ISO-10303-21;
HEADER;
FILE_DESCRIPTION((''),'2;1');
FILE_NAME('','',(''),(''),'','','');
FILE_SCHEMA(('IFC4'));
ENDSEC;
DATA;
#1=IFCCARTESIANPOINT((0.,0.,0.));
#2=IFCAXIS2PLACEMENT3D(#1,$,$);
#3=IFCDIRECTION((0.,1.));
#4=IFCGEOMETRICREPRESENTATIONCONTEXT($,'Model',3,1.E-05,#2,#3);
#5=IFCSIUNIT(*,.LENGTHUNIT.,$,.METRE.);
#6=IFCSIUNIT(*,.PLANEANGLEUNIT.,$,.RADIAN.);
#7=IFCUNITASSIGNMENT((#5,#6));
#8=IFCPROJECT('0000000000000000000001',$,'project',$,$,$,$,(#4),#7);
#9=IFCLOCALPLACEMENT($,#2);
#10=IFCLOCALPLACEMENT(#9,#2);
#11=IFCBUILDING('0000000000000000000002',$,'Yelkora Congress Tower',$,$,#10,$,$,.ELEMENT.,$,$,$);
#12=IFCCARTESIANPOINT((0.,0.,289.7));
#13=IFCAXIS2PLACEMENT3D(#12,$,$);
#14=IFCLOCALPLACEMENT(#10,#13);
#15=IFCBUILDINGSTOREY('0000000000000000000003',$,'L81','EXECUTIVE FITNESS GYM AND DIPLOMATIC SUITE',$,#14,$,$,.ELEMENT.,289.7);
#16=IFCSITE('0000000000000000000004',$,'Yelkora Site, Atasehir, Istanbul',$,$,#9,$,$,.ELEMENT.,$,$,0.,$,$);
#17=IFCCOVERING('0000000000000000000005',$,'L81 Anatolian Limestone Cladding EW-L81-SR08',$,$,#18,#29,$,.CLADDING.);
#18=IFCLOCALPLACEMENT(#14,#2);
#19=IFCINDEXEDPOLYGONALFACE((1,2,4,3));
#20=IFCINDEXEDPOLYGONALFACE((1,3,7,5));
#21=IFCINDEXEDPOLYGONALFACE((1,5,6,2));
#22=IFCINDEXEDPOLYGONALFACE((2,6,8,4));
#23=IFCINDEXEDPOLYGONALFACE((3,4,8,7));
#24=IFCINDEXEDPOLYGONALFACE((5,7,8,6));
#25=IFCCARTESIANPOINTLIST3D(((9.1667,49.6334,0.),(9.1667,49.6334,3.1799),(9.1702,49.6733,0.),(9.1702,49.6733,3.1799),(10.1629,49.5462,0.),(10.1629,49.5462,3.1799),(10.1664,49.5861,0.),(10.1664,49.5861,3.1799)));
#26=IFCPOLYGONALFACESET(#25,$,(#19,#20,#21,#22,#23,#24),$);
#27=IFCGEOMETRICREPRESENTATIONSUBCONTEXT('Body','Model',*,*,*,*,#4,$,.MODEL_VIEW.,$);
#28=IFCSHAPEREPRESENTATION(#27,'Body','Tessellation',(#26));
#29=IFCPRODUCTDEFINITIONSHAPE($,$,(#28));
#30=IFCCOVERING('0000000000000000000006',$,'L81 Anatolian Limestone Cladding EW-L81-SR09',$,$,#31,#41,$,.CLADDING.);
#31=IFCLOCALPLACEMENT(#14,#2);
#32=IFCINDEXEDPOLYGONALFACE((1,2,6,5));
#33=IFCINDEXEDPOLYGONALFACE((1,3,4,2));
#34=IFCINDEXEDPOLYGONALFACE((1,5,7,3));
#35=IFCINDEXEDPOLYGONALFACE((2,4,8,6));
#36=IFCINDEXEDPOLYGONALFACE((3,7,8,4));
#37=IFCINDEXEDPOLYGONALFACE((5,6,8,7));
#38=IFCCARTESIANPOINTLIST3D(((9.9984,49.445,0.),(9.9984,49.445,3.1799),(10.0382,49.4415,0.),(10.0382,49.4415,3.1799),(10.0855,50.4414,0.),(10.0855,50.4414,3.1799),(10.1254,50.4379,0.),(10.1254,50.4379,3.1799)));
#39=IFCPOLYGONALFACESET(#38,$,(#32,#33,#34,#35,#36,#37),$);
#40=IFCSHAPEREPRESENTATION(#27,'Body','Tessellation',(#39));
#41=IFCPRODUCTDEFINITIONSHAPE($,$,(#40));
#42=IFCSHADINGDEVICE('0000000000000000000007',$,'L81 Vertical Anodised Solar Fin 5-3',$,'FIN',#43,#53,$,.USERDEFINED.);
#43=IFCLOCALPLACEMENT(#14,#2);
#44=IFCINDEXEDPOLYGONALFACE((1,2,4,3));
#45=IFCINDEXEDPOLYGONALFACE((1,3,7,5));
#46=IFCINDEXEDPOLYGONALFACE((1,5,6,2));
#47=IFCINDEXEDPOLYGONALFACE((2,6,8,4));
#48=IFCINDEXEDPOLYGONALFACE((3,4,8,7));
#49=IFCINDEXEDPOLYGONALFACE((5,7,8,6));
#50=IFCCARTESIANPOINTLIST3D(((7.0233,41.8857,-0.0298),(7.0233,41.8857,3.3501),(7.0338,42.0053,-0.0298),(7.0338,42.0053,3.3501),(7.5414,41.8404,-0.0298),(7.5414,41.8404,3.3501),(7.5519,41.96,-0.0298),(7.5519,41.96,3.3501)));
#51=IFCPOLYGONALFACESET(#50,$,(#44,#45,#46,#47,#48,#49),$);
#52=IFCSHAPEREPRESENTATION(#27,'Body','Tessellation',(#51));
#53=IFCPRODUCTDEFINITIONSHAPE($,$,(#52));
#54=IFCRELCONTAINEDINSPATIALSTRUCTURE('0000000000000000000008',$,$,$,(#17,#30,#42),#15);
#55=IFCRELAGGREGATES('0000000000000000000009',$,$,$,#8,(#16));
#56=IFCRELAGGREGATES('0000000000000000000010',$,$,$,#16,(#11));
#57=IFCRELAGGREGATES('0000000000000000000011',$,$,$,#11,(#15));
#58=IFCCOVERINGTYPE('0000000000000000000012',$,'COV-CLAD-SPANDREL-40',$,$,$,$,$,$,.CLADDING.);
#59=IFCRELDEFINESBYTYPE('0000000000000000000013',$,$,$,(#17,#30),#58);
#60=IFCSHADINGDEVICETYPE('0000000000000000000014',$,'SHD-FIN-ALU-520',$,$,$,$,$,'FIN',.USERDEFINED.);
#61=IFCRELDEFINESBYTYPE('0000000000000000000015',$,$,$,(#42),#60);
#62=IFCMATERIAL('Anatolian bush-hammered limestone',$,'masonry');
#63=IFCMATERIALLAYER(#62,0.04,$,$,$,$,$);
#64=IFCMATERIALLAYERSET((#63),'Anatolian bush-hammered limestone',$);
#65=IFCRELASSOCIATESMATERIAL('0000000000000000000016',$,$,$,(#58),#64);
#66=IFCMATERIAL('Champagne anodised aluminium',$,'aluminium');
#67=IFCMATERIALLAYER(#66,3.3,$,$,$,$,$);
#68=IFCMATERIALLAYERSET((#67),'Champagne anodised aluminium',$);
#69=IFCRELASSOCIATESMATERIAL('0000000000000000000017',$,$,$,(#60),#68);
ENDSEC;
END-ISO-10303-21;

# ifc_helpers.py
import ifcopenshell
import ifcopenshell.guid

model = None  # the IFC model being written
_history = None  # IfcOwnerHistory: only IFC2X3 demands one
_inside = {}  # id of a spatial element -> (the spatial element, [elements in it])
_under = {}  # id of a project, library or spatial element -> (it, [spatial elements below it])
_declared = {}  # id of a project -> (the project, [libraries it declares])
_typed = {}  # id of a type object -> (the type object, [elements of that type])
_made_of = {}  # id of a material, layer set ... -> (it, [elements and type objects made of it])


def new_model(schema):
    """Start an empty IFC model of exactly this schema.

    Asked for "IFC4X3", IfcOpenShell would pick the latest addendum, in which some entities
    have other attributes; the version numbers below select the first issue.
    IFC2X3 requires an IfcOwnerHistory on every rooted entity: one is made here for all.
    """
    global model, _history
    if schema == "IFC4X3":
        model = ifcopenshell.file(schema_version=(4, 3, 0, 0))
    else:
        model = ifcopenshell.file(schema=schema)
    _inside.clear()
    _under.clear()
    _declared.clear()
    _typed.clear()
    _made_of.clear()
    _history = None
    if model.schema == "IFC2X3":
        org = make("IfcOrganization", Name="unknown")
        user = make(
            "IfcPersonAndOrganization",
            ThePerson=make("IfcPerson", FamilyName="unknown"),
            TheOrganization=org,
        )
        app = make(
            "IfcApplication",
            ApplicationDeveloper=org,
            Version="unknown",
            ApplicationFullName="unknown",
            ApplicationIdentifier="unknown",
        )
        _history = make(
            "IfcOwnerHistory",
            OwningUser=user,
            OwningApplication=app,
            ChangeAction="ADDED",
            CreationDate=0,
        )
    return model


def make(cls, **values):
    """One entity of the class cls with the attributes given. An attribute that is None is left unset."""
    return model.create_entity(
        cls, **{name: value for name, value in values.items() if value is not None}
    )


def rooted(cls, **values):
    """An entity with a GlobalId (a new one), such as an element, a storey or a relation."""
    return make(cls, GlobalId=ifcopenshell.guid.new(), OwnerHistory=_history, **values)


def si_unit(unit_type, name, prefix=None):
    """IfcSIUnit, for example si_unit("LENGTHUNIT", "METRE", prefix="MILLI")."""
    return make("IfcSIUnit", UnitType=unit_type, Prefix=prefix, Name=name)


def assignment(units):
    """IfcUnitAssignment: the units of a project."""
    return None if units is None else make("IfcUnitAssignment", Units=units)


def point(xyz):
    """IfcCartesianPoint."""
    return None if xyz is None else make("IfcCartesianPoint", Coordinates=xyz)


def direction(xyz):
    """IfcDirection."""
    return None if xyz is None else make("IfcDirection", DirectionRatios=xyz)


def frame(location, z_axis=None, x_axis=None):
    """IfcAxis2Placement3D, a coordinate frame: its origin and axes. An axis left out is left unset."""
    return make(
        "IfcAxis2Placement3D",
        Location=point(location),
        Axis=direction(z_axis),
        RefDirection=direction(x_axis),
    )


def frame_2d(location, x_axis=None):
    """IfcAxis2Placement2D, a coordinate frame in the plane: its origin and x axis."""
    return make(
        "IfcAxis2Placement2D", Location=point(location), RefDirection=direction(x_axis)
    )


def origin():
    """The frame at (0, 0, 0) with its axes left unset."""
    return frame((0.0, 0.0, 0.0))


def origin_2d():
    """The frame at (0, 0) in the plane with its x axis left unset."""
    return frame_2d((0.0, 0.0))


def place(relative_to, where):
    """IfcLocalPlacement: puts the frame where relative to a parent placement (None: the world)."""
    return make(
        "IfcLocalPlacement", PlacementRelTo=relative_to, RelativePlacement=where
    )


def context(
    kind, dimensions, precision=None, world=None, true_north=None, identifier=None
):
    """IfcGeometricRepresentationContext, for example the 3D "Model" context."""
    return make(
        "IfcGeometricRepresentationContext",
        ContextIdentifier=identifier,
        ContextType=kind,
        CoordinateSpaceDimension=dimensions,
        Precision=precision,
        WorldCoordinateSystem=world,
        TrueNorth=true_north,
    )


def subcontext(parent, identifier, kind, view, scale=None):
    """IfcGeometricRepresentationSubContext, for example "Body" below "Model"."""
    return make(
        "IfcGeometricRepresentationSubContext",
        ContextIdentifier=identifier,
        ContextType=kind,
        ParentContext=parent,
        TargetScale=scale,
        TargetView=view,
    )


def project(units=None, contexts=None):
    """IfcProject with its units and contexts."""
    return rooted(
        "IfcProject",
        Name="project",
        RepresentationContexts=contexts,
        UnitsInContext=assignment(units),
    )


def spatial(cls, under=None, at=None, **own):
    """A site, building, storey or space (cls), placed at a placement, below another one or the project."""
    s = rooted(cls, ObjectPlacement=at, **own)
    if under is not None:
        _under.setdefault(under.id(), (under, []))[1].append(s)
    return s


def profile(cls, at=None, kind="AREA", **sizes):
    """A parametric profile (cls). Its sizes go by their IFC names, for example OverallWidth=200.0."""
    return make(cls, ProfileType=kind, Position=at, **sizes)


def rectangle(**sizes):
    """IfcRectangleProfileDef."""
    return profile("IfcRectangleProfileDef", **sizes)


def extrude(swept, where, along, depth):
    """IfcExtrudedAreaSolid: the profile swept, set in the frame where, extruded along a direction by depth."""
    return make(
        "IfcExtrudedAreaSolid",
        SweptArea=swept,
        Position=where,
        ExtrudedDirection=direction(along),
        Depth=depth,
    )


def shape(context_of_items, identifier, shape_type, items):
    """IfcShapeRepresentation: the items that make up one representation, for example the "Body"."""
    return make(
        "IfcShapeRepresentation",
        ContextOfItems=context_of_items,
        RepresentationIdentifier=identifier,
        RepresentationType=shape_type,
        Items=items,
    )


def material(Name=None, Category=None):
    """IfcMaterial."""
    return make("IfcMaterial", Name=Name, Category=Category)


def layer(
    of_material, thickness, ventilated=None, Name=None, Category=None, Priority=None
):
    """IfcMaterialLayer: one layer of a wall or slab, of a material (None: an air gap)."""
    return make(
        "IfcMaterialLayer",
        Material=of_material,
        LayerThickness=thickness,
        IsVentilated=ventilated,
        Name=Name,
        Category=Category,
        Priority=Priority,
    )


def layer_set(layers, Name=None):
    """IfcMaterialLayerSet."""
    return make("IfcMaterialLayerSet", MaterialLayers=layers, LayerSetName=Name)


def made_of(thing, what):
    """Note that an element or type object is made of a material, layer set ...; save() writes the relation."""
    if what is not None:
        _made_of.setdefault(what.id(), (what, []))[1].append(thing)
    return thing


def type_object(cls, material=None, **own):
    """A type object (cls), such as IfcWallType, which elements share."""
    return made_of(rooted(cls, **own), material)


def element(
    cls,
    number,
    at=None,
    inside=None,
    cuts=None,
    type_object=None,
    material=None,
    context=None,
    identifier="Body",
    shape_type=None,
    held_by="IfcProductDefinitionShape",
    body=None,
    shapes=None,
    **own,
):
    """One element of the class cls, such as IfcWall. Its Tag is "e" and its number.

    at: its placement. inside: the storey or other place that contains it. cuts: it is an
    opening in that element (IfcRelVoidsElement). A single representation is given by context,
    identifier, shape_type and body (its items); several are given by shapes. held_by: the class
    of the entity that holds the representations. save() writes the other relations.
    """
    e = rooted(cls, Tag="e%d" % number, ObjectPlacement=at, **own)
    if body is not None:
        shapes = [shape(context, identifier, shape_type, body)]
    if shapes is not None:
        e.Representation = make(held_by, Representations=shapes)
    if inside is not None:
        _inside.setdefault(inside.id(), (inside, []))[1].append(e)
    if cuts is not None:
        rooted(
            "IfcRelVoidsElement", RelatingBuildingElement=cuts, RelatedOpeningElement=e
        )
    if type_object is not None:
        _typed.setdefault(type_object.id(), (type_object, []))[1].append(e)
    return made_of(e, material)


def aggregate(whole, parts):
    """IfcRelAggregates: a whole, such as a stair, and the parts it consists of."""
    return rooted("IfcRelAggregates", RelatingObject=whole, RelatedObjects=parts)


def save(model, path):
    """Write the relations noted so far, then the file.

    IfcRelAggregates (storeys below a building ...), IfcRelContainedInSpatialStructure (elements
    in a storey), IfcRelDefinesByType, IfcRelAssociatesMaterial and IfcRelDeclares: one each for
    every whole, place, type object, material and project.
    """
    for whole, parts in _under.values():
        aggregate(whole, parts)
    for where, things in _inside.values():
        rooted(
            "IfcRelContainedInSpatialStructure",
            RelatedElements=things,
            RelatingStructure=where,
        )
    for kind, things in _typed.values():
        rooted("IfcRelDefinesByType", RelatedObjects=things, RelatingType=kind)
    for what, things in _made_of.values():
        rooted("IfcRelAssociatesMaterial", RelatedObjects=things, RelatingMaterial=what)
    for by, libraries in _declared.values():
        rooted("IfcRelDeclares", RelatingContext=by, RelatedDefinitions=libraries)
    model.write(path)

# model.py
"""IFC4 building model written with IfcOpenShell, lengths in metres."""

from ifc_helpers import new_model, si_unit, direction, frame, frame_2d, origin, origin_2d, place, context, subcontext, project, spatial, rectangle, extrude, material, layer, layer_set, type_object, element, save


model = new_model("IFC4")

# Units and contexts
model_context = context("Model", 3, precision=1e-05, world=origin(), true_north=direction((0.0, 1.0)))
body_context = subcontext(model_context, "Body", "Model", "MODEL_VIEW")
ifc_project = project(units=[si_unit("LENGTHUNIT", "METRE"), si_unit("PLANEANGLEUNIT", "RADIAN")], contexts=[model_context])

# Site, building, storey
site_placement = place(None, origin())
site = spatial("IfcSite", under=ifc_project, at=site_placement, Name="Yelkora Site, Atasehir, Istanbul", CompositionType="ELEMENT", RefElevation=0.0)
building_placement = place(site_placement, origin())
building = spatial("IfcBuilding", under=site, at=building_placement, Name="Yelkora Congress Tower", CompositionType="ELEMENT")
storey_placement = place(building_placement, frame((0.0, 0.0, 289.7)))
storey = spatial("IfcBuildingStorey", under=building, at=storey_placement, Name="L81", Description="EXECUTIVE FITNESS GYM AND DIPLOMATIC SUITE", CompositionType="ELEMENT", Elevation=289.7)

# Coverings
ifc_material_1 = material(Name="Anatolian bush-hammered limestone", Category="masonry")
ifc_layer_1 = layer(ifc_material_1, 0.04)
ifc_layer_set_1 = layer_set([ifc_layer_1], Name="Anatolian bush-hammered limestone")
covering_type = type_object("IfcCoveringType", Name="COV-CLAD-SPANDREL-40", PredefinedType="CLADDING", material=ifc_layer_set_1)
covering_1_placement = place(storey_placement, frame((9.1685, 49.6533, 0.0), z_axis=(0.0, 0.0, 1.0), x_axis=(0.996194, -0.087167, 0.0)))
element("IfcCovering", 1, at=covering_1_placement, inside=storey, type_object=covering_type, Name="L81 Anatolian Limestone Cladding EW-L81-SR08", PredefinedType="CLADDING", context=body_context, shape_type="SweptSolid", body=[
    extrude(rectangle(XDim=1.0, YDim=0.04, at=frame_2d((0.5, 0.0))), origin(), (0.0, 0.0, 1.0), 3.1799),
])
covering_2_placement = place(storey_placement, frame((10.0183, 49.4434, 0.0), z_axis=(0.0, 0.0, 1.0), x_axis=(0.087146, 0.996196, 0.0)))
element("IfcCovering", 2, at=covering_2_placement, inside=storey, type_object=covering_type, Name="L81 Anatolian Limestone Cladding EW-L81-SR09", PredefinedType="CLADDING", context=body_context, shape_type="SweptSolid", body=[
    extrude(rectangle(XDim=1.0002, YDim=0.04, at=frame_2d((0.5, 0.0))), origin(), (0.0, 0.0, 1.0), 3.1799),
])

# Shading device
ifc_material_2 = material(Name="Champagne anodised aluminium", Category="aluminium")
ifc_layer_2 = layer(ifc_material_2, 3.3)
ifc_layer_set_2 = layer_set([ifc_layer_2], Name="Champagne anodised aluminium")
shading_device_type = type_object("IfcShadingDeviceType", Name="SHD-FIN-ALU-520", ElementType="FIN", PredefinedType="USERDEFINED", material=ifc_layer_set_2)
shading_device_placement = place(storey_placement, frame((7.2876, 41.9229, -0.0298), z_axis=(0.0, 0.0, 1.0), x_axis=(0.087156, 0.996195, 0.0)))
element("IfcShadingDevice", 3, at=shading_device_placement, inside=storey, type_object=shading_device_type, Name="L81 Vertical Anodised Solar Fin 5-3", ObjectType="FIN", PredefinedType="USERDEFINED", context=body_context, shape_type="SweptSolid", body=[
    extrude(rectangle(XDim=0.1201, YDim=0.52, at=origin_2d()), origin(), (0.0, 0.0, 1.0), 3.3799),
])

save(model, "model.ifc")
